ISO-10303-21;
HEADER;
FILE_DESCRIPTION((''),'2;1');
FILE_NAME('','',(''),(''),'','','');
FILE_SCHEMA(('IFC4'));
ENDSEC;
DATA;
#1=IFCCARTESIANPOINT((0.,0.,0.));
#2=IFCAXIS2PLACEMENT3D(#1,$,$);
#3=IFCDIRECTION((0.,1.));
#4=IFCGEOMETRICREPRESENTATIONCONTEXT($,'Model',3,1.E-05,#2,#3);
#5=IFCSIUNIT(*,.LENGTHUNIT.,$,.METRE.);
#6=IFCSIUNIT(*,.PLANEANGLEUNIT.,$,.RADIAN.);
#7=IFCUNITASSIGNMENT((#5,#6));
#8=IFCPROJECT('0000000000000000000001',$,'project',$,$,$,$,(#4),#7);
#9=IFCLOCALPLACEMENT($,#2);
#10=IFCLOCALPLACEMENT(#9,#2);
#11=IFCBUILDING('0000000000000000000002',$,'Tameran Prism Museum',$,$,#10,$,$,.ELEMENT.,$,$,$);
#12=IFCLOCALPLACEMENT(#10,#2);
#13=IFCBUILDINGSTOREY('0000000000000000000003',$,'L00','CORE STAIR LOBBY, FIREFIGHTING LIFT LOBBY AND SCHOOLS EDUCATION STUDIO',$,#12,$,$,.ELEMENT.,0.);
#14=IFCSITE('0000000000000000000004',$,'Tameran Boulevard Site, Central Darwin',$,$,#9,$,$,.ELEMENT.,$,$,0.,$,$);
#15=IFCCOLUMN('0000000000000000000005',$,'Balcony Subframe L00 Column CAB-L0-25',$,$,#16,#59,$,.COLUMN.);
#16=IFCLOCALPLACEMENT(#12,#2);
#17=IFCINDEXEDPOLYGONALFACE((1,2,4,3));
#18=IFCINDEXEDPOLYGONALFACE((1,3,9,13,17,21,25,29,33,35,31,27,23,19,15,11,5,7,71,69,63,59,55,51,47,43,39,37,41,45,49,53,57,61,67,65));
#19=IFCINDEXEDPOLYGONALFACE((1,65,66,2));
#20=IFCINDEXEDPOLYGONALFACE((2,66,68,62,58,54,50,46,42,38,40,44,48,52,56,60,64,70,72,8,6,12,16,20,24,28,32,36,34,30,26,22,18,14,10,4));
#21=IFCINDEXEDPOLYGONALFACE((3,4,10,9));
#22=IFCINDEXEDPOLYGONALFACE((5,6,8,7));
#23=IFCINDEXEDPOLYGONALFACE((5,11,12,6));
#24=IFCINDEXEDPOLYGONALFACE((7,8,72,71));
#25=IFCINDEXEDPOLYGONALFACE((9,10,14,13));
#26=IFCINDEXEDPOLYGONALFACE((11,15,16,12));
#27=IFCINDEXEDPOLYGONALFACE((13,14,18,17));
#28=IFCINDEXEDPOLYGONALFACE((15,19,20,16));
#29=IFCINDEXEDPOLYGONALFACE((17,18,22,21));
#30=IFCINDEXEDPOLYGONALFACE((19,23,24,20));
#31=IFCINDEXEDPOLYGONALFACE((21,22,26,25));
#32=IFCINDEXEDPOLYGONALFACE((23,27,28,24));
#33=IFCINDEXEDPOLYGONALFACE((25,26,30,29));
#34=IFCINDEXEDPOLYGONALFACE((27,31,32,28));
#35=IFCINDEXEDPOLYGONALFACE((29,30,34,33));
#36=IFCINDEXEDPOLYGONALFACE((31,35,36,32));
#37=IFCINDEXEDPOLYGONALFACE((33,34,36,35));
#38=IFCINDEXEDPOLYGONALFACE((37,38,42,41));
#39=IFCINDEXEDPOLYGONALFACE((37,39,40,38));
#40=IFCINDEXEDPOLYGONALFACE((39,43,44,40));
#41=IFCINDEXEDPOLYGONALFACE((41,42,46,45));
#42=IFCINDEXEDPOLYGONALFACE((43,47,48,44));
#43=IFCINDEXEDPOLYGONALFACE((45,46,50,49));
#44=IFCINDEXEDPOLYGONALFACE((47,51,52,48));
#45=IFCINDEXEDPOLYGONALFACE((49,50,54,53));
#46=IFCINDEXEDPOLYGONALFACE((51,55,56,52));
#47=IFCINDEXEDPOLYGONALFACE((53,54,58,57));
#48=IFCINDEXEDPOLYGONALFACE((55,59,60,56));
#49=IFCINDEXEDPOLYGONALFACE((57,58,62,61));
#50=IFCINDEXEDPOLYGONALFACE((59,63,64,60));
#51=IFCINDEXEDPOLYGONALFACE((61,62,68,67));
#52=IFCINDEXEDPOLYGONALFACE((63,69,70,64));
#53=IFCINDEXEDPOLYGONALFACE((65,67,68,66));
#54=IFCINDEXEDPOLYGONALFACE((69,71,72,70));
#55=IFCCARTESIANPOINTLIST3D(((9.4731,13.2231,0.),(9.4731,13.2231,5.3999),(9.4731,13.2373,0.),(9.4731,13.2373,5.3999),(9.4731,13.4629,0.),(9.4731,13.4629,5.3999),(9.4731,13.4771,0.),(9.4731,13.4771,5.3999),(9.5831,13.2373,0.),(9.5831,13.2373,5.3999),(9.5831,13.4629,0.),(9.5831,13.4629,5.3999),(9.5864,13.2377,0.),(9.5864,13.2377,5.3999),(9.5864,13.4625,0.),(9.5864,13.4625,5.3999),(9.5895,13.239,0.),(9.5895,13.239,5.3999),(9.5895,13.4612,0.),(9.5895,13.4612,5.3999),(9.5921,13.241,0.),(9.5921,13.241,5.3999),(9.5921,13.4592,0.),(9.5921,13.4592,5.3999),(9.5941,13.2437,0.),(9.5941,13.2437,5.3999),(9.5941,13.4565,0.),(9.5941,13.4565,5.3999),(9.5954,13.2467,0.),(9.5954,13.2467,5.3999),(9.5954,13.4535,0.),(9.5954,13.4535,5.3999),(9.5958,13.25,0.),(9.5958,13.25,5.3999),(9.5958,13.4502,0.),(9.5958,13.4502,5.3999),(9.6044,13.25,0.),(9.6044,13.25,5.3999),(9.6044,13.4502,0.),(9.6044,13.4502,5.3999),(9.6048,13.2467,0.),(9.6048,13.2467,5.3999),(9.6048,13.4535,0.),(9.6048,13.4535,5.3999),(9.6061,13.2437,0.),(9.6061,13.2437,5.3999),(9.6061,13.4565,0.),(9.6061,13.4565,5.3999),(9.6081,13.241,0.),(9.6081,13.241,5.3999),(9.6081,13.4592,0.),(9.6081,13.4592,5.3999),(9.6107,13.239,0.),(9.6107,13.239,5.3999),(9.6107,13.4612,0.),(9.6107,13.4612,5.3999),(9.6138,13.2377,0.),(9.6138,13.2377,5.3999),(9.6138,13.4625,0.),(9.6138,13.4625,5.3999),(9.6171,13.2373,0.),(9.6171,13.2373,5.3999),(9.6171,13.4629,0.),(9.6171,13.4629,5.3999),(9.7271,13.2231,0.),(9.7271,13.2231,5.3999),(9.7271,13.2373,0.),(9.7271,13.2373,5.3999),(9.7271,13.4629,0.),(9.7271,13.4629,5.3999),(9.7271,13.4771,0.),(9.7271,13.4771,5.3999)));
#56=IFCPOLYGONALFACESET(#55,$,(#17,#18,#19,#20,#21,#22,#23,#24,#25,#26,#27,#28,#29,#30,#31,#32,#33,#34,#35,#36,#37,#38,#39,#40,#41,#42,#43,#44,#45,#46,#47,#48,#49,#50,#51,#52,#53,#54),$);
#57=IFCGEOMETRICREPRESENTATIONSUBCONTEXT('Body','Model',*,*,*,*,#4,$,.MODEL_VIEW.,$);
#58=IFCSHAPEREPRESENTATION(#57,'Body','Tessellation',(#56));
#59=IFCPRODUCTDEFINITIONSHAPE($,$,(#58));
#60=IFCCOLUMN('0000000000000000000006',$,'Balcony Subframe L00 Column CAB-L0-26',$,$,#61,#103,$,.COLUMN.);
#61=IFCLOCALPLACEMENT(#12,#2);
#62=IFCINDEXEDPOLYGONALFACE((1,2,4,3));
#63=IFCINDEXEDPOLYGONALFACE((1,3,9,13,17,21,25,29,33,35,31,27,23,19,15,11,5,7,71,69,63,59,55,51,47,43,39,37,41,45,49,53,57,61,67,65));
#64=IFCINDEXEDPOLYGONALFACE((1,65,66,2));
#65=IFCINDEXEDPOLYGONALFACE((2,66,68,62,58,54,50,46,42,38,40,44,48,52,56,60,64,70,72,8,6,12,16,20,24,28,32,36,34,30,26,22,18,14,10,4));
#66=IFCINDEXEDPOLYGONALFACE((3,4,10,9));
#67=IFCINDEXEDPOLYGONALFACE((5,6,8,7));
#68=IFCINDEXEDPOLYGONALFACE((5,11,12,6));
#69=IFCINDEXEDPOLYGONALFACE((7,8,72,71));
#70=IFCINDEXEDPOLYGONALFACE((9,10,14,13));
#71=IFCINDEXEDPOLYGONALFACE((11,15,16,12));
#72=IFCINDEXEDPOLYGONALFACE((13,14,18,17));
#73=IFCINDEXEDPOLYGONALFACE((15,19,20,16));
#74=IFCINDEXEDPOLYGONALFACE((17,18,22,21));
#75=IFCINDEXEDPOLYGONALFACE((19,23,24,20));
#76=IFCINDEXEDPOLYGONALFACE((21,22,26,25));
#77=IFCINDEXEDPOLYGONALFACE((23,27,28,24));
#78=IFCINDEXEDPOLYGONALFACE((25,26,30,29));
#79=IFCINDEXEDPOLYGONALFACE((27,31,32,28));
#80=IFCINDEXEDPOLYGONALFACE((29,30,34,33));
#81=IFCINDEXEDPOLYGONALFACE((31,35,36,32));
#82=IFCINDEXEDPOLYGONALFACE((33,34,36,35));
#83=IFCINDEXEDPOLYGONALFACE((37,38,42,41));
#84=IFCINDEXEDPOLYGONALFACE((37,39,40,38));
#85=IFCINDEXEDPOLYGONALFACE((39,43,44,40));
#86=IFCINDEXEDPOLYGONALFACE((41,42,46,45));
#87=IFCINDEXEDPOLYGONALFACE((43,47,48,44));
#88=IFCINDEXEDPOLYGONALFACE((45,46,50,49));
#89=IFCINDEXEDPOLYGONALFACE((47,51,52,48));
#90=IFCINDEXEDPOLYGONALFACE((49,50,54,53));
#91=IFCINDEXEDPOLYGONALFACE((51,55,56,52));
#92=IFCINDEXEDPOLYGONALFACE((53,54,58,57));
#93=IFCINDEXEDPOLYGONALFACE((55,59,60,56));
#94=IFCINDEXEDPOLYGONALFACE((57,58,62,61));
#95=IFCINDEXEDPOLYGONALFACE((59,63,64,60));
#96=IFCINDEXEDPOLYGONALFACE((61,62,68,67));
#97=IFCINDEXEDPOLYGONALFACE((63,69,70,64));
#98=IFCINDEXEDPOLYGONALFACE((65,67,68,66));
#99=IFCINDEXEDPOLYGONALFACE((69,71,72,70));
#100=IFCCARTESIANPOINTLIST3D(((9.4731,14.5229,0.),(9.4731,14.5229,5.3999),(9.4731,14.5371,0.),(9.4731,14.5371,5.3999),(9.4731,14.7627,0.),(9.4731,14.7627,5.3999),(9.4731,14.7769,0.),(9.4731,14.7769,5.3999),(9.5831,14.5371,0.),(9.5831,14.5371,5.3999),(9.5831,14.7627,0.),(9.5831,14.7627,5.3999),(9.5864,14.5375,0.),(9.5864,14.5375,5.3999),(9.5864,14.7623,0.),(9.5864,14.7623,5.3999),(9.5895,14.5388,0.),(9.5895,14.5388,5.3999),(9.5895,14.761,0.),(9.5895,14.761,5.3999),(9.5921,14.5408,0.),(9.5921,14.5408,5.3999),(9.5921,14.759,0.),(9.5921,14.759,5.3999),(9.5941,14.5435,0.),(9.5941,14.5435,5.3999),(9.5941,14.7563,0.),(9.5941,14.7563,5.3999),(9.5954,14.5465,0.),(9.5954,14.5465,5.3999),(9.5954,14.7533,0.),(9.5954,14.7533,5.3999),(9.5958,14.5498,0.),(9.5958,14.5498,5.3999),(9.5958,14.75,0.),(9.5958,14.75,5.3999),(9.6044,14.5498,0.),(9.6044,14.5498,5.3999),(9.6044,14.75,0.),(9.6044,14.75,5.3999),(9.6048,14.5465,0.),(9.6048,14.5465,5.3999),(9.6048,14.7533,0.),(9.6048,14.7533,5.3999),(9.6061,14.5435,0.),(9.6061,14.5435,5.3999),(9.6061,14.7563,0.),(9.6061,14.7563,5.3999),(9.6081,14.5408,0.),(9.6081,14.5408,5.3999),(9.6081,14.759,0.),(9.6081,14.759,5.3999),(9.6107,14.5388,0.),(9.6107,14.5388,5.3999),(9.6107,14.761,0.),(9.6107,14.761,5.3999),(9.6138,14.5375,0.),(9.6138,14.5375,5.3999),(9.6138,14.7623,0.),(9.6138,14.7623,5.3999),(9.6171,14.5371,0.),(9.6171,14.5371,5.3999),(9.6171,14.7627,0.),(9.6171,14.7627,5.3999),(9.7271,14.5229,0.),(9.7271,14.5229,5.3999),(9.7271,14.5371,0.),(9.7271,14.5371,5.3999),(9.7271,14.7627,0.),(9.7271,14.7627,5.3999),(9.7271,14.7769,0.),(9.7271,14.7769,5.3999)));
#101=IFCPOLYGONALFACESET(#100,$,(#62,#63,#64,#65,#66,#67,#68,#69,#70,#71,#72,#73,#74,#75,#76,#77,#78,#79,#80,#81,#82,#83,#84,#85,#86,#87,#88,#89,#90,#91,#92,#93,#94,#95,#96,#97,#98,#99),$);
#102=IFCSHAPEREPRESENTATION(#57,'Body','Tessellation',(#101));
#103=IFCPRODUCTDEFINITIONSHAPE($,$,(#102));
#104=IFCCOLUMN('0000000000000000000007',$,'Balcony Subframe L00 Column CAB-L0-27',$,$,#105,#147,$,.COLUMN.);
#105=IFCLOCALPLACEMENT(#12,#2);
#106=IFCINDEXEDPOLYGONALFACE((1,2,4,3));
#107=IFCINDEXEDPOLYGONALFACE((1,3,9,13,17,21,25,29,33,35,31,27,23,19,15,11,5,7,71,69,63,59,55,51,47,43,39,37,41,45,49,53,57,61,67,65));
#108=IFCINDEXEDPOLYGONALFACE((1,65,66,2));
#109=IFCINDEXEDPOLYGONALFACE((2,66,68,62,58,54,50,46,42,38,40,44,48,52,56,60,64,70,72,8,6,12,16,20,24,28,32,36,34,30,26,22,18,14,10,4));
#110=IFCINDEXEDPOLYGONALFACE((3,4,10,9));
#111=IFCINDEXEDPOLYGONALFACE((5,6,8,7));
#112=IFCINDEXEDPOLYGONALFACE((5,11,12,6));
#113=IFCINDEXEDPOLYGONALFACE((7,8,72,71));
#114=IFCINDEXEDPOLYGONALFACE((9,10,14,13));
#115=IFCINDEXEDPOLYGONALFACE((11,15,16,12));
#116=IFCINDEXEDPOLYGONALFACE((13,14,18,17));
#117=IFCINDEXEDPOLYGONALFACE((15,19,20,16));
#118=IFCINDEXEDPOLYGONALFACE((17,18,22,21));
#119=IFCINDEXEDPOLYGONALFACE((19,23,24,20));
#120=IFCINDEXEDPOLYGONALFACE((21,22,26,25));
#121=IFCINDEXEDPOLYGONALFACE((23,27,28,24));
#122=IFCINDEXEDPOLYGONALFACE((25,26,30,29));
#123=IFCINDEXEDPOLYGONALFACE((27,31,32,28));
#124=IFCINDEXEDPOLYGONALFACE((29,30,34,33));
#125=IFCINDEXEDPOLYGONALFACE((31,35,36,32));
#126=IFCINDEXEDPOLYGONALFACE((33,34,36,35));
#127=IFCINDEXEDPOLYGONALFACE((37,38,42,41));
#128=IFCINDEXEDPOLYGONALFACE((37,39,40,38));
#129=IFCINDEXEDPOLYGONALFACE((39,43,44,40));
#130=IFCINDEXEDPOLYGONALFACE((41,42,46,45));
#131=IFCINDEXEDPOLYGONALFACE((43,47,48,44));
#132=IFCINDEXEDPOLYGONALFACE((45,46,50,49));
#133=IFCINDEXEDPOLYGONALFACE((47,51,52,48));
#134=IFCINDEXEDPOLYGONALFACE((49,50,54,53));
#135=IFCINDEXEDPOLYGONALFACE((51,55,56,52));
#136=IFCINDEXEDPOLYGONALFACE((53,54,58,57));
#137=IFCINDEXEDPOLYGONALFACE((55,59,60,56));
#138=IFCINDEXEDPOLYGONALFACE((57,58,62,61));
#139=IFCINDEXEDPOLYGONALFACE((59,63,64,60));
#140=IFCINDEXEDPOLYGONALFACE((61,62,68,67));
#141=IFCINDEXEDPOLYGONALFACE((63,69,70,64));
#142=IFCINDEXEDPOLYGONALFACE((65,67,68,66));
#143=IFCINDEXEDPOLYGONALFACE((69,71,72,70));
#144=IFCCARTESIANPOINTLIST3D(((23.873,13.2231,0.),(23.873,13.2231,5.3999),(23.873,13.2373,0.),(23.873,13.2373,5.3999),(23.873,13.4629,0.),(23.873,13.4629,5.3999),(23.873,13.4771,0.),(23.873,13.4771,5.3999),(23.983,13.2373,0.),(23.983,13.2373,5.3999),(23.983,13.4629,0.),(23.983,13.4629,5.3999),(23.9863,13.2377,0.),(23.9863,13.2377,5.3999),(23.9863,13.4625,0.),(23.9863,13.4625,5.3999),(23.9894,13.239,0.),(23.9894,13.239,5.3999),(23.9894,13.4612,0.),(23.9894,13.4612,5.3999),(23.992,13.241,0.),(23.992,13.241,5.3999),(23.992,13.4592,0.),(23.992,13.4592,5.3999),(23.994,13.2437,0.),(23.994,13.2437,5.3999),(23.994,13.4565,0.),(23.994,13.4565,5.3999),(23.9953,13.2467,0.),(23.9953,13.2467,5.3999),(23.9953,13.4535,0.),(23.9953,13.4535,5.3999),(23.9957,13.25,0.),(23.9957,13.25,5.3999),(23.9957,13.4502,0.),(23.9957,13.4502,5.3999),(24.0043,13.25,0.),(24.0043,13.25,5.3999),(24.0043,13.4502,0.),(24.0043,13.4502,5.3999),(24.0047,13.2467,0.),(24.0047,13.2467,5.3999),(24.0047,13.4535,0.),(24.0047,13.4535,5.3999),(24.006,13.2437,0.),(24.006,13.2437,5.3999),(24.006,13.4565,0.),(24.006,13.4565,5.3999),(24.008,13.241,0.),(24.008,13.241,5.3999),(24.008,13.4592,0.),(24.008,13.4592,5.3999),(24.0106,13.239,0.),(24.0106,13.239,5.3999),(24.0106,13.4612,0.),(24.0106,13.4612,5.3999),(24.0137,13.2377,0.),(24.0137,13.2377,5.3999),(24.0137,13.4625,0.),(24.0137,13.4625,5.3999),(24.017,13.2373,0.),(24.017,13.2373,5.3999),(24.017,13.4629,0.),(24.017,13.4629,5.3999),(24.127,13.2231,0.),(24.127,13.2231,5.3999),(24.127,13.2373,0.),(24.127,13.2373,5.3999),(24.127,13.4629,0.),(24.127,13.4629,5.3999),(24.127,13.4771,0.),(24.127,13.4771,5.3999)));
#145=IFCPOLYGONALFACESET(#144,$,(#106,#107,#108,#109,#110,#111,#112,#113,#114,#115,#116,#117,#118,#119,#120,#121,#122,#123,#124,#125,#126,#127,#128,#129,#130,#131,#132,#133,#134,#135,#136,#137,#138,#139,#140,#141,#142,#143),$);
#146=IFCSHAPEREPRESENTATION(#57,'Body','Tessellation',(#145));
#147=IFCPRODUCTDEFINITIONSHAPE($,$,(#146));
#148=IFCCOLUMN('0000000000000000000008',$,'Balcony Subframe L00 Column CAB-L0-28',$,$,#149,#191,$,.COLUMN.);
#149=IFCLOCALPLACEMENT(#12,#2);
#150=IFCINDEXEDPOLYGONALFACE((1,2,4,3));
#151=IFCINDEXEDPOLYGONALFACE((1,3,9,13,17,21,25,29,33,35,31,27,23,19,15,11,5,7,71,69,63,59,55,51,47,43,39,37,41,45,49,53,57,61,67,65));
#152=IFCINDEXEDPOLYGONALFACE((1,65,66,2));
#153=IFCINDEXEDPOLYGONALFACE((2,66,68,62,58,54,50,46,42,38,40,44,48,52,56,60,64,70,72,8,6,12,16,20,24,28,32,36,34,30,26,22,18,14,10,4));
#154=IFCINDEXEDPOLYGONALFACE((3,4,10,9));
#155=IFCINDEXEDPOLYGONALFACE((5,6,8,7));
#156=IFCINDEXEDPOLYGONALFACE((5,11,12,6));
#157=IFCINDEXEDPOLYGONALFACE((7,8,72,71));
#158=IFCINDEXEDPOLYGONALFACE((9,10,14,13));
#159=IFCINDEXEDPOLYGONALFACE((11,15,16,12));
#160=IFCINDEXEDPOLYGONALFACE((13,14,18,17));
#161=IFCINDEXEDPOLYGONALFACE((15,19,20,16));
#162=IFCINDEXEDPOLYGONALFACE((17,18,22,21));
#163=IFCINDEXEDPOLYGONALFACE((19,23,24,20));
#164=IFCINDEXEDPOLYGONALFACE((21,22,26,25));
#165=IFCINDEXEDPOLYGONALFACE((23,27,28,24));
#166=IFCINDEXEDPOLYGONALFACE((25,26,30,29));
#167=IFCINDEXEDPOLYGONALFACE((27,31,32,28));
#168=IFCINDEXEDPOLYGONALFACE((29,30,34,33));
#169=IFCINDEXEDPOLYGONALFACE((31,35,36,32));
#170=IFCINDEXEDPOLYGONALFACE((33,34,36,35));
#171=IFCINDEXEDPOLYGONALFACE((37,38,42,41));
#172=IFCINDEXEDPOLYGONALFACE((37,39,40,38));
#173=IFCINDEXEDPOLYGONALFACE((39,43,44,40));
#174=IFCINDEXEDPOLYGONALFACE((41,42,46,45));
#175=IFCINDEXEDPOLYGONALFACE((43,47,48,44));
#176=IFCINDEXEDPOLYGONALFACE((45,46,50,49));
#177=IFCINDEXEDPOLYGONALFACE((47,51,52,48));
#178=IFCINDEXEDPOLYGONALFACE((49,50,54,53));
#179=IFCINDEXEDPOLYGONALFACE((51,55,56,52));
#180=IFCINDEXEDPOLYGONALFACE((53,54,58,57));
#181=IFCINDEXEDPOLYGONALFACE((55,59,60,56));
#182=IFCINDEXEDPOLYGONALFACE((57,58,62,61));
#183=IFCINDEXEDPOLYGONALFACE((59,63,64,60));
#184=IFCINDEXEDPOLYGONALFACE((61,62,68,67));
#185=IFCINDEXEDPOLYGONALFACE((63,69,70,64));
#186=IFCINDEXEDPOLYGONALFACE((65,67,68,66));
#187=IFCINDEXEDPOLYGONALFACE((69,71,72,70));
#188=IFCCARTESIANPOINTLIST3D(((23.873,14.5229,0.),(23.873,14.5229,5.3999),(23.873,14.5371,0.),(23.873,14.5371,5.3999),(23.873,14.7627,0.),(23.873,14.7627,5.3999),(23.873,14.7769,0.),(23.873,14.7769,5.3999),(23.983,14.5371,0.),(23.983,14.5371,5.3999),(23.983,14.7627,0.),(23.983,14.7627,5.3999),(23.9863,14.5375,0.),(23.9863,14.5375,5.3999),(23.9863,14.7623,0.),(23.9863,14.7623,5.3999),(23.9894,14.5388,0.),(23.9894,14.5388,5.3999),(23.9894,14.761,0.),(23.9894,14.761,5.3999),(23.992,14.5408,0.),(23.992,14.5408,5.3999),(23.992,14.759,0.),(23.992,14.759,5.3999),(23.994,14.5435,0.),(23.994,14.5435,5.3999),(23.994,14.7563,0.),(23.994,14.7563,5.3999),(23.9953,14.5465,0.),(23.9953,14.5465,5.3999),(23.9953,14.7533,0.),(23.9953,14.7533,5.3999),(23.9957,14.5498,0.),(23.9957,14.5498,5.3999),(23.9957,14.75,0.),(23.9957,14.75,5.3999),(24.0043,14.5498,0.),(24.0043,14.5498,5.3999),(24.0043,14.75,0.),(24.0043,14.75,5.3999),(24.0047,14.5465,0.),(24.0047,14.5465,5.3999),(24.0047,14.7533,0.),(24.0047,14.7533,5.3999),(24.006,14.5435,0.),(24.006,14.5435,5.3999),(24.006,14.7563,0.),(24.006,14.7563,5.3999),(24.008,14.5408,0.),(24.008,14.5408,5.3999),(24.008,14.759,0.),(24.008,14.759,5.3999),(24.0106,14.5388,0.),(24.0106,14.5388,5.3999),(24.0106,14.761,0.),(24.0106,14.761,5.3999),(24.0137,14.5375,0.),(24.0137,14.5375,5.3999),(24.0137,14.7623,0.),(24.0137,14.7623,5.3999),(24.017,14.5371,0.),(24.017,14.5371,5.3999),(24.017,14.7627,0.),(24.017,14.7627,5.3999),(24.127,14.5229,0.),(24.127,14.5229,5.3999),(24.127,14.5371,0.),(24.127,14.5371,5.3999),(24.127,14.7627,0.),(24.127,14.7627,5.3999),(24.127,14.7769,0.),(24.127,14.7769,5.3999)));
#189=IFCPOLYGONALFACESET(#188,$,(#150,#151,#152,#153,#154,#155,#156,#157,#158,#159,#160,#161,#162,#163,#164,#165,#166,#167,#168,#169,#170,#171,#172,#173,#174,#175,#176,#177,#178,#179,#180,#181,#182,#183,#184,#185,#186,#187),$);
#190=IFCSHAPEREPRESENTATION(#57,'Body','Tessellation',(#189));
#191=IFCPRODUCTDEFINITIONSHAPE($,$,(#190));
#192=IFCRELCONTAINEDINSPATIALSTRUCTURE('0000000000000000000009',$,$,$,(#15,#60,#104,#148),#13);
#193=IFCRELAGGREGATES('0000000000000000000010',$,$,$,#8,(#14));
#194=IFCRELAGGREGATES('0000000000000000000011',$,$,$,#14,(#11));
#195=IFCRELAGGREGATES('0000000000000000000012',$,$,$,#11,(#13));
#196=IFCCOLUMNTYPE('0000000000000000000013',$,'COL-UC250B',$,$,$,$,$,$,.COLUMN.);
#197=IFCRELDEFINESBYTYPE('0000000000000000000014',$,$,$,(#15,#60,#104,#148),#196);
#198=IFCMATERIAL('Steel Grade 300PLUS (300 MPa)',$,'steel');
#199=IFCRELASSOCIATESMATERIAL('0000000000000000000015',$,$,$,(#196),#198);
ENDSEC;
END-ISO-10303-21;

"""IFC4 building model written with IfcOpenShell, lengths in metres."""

from ifc_helpers import new_model, si_unit, direction, frame, origin, origin_2d, place, context, subcontext, project, spatial, i_section, extrude, material, material_profile, profile_set, type_object, element, save


model = new_model("IFC4")

# Units and contexts
model_context = context("Model", 3, precision=1e-05, world=origin(), true_north=direction((0.0, 1.0)))
body_context = subcontext(model_context, "Body", "Model", "MODEL_VIEW")
ifc_project = project(units=[si_unit("LENGTHUNIT", "METRE"), si_unit("PLANEANGLEUNIT", "RADIAN")], contexts=[model_context])

# Site, building, storey
site_placement = place(None, origin())
site = spatial("IfcSite", under=ifc_project, at=site_placement, Name="Tameran Boulevard Site, Central Darwin", CompositionType="ELEMENT", RefElevation=0.0)
building_placement = place(site_placement, origin())
building = spatial("IfcBuilding", under=site, at=building_placement, Name="Tameran Prism Museum", CompositionType="ELEMENT")
storey_placement = place(building_placement, origin())
storey = spatial("IfcBuildingStorey", under=building, at=storey_placement, Name="L00", Description="CORE STAIR LOBBY, FIREFIGHTING LIFT LOBBY AND SCHOOLS EDUCATION STUDIO", CompositionType="ELEMENT", Elevation=0.0)

# Columns
ifc_material_1 = material(Name="Steel Grade 300PLUS (300 MPa)", Category="steel")
ifc_material_profile_1 = material_profile(ifc_material_1, i_section(OverallWidth=0.2539, OverallDepth=0.2539, WebThickness=0.0085, FlangeThickness=0.0142, FilletRadius=0.0127, at=origin_2d()))
ifc_profile_set_1 = profile_set([ifc_material_profile_1])
column_type_1 = type_object("IfcColumnType", Name="COL-UC250B", PredefinedType="COLUMN", material=ifc_profile_set_1)
for number, where, z_axis, x_axis, name in (
    (1, (9.6001, 13.3501, 0.0), (0.0, 0.0, 1.0), (1.0, 0.0, 0.0), "Balcony Subframe L00 Column CAB-L0-25"),
    (2, (9.6001, 14.6499, 0.0), (0.0, 0.0, 1.0), (1.0, 0.0, 0.0), "Balcony Subframe L00 Column CAB-L0-26"),
    (3, (24.0, 13.3501, 0.0), (0.0, 0.0, 1.0), (1.0, 0.0, 0.0), "Balcony Subframe L00 Column CAB-L0-27"),
    (4, (24.0, 14.6499, 0.0), (0.0, 0.0, 1.0), (1.0, 0.0, 0.0), "Balcony Subframe L00 Column CAB-L0-28"),
):
    element("IfcColumn", number, at=place(storey_placement, frame(where, z_axis=z_axis, x_axis=x_axis)), inside=storey, type_object=column_type_1, Name=name, PredefinedType="COLUMN", context=body_context, shape_type="SweptSolid", body=[
        extrude(i_section(OverallWidth=0.2539, OverallDepth=0.2539, WebThickness=0.0085, FlangeThickness=0.0142, FilletRadius=0.0127, at=origin_2d()), origin(), (0.0, 0.0, 1.0), 5.3999),
    ])

save(model, "model.ifc")
